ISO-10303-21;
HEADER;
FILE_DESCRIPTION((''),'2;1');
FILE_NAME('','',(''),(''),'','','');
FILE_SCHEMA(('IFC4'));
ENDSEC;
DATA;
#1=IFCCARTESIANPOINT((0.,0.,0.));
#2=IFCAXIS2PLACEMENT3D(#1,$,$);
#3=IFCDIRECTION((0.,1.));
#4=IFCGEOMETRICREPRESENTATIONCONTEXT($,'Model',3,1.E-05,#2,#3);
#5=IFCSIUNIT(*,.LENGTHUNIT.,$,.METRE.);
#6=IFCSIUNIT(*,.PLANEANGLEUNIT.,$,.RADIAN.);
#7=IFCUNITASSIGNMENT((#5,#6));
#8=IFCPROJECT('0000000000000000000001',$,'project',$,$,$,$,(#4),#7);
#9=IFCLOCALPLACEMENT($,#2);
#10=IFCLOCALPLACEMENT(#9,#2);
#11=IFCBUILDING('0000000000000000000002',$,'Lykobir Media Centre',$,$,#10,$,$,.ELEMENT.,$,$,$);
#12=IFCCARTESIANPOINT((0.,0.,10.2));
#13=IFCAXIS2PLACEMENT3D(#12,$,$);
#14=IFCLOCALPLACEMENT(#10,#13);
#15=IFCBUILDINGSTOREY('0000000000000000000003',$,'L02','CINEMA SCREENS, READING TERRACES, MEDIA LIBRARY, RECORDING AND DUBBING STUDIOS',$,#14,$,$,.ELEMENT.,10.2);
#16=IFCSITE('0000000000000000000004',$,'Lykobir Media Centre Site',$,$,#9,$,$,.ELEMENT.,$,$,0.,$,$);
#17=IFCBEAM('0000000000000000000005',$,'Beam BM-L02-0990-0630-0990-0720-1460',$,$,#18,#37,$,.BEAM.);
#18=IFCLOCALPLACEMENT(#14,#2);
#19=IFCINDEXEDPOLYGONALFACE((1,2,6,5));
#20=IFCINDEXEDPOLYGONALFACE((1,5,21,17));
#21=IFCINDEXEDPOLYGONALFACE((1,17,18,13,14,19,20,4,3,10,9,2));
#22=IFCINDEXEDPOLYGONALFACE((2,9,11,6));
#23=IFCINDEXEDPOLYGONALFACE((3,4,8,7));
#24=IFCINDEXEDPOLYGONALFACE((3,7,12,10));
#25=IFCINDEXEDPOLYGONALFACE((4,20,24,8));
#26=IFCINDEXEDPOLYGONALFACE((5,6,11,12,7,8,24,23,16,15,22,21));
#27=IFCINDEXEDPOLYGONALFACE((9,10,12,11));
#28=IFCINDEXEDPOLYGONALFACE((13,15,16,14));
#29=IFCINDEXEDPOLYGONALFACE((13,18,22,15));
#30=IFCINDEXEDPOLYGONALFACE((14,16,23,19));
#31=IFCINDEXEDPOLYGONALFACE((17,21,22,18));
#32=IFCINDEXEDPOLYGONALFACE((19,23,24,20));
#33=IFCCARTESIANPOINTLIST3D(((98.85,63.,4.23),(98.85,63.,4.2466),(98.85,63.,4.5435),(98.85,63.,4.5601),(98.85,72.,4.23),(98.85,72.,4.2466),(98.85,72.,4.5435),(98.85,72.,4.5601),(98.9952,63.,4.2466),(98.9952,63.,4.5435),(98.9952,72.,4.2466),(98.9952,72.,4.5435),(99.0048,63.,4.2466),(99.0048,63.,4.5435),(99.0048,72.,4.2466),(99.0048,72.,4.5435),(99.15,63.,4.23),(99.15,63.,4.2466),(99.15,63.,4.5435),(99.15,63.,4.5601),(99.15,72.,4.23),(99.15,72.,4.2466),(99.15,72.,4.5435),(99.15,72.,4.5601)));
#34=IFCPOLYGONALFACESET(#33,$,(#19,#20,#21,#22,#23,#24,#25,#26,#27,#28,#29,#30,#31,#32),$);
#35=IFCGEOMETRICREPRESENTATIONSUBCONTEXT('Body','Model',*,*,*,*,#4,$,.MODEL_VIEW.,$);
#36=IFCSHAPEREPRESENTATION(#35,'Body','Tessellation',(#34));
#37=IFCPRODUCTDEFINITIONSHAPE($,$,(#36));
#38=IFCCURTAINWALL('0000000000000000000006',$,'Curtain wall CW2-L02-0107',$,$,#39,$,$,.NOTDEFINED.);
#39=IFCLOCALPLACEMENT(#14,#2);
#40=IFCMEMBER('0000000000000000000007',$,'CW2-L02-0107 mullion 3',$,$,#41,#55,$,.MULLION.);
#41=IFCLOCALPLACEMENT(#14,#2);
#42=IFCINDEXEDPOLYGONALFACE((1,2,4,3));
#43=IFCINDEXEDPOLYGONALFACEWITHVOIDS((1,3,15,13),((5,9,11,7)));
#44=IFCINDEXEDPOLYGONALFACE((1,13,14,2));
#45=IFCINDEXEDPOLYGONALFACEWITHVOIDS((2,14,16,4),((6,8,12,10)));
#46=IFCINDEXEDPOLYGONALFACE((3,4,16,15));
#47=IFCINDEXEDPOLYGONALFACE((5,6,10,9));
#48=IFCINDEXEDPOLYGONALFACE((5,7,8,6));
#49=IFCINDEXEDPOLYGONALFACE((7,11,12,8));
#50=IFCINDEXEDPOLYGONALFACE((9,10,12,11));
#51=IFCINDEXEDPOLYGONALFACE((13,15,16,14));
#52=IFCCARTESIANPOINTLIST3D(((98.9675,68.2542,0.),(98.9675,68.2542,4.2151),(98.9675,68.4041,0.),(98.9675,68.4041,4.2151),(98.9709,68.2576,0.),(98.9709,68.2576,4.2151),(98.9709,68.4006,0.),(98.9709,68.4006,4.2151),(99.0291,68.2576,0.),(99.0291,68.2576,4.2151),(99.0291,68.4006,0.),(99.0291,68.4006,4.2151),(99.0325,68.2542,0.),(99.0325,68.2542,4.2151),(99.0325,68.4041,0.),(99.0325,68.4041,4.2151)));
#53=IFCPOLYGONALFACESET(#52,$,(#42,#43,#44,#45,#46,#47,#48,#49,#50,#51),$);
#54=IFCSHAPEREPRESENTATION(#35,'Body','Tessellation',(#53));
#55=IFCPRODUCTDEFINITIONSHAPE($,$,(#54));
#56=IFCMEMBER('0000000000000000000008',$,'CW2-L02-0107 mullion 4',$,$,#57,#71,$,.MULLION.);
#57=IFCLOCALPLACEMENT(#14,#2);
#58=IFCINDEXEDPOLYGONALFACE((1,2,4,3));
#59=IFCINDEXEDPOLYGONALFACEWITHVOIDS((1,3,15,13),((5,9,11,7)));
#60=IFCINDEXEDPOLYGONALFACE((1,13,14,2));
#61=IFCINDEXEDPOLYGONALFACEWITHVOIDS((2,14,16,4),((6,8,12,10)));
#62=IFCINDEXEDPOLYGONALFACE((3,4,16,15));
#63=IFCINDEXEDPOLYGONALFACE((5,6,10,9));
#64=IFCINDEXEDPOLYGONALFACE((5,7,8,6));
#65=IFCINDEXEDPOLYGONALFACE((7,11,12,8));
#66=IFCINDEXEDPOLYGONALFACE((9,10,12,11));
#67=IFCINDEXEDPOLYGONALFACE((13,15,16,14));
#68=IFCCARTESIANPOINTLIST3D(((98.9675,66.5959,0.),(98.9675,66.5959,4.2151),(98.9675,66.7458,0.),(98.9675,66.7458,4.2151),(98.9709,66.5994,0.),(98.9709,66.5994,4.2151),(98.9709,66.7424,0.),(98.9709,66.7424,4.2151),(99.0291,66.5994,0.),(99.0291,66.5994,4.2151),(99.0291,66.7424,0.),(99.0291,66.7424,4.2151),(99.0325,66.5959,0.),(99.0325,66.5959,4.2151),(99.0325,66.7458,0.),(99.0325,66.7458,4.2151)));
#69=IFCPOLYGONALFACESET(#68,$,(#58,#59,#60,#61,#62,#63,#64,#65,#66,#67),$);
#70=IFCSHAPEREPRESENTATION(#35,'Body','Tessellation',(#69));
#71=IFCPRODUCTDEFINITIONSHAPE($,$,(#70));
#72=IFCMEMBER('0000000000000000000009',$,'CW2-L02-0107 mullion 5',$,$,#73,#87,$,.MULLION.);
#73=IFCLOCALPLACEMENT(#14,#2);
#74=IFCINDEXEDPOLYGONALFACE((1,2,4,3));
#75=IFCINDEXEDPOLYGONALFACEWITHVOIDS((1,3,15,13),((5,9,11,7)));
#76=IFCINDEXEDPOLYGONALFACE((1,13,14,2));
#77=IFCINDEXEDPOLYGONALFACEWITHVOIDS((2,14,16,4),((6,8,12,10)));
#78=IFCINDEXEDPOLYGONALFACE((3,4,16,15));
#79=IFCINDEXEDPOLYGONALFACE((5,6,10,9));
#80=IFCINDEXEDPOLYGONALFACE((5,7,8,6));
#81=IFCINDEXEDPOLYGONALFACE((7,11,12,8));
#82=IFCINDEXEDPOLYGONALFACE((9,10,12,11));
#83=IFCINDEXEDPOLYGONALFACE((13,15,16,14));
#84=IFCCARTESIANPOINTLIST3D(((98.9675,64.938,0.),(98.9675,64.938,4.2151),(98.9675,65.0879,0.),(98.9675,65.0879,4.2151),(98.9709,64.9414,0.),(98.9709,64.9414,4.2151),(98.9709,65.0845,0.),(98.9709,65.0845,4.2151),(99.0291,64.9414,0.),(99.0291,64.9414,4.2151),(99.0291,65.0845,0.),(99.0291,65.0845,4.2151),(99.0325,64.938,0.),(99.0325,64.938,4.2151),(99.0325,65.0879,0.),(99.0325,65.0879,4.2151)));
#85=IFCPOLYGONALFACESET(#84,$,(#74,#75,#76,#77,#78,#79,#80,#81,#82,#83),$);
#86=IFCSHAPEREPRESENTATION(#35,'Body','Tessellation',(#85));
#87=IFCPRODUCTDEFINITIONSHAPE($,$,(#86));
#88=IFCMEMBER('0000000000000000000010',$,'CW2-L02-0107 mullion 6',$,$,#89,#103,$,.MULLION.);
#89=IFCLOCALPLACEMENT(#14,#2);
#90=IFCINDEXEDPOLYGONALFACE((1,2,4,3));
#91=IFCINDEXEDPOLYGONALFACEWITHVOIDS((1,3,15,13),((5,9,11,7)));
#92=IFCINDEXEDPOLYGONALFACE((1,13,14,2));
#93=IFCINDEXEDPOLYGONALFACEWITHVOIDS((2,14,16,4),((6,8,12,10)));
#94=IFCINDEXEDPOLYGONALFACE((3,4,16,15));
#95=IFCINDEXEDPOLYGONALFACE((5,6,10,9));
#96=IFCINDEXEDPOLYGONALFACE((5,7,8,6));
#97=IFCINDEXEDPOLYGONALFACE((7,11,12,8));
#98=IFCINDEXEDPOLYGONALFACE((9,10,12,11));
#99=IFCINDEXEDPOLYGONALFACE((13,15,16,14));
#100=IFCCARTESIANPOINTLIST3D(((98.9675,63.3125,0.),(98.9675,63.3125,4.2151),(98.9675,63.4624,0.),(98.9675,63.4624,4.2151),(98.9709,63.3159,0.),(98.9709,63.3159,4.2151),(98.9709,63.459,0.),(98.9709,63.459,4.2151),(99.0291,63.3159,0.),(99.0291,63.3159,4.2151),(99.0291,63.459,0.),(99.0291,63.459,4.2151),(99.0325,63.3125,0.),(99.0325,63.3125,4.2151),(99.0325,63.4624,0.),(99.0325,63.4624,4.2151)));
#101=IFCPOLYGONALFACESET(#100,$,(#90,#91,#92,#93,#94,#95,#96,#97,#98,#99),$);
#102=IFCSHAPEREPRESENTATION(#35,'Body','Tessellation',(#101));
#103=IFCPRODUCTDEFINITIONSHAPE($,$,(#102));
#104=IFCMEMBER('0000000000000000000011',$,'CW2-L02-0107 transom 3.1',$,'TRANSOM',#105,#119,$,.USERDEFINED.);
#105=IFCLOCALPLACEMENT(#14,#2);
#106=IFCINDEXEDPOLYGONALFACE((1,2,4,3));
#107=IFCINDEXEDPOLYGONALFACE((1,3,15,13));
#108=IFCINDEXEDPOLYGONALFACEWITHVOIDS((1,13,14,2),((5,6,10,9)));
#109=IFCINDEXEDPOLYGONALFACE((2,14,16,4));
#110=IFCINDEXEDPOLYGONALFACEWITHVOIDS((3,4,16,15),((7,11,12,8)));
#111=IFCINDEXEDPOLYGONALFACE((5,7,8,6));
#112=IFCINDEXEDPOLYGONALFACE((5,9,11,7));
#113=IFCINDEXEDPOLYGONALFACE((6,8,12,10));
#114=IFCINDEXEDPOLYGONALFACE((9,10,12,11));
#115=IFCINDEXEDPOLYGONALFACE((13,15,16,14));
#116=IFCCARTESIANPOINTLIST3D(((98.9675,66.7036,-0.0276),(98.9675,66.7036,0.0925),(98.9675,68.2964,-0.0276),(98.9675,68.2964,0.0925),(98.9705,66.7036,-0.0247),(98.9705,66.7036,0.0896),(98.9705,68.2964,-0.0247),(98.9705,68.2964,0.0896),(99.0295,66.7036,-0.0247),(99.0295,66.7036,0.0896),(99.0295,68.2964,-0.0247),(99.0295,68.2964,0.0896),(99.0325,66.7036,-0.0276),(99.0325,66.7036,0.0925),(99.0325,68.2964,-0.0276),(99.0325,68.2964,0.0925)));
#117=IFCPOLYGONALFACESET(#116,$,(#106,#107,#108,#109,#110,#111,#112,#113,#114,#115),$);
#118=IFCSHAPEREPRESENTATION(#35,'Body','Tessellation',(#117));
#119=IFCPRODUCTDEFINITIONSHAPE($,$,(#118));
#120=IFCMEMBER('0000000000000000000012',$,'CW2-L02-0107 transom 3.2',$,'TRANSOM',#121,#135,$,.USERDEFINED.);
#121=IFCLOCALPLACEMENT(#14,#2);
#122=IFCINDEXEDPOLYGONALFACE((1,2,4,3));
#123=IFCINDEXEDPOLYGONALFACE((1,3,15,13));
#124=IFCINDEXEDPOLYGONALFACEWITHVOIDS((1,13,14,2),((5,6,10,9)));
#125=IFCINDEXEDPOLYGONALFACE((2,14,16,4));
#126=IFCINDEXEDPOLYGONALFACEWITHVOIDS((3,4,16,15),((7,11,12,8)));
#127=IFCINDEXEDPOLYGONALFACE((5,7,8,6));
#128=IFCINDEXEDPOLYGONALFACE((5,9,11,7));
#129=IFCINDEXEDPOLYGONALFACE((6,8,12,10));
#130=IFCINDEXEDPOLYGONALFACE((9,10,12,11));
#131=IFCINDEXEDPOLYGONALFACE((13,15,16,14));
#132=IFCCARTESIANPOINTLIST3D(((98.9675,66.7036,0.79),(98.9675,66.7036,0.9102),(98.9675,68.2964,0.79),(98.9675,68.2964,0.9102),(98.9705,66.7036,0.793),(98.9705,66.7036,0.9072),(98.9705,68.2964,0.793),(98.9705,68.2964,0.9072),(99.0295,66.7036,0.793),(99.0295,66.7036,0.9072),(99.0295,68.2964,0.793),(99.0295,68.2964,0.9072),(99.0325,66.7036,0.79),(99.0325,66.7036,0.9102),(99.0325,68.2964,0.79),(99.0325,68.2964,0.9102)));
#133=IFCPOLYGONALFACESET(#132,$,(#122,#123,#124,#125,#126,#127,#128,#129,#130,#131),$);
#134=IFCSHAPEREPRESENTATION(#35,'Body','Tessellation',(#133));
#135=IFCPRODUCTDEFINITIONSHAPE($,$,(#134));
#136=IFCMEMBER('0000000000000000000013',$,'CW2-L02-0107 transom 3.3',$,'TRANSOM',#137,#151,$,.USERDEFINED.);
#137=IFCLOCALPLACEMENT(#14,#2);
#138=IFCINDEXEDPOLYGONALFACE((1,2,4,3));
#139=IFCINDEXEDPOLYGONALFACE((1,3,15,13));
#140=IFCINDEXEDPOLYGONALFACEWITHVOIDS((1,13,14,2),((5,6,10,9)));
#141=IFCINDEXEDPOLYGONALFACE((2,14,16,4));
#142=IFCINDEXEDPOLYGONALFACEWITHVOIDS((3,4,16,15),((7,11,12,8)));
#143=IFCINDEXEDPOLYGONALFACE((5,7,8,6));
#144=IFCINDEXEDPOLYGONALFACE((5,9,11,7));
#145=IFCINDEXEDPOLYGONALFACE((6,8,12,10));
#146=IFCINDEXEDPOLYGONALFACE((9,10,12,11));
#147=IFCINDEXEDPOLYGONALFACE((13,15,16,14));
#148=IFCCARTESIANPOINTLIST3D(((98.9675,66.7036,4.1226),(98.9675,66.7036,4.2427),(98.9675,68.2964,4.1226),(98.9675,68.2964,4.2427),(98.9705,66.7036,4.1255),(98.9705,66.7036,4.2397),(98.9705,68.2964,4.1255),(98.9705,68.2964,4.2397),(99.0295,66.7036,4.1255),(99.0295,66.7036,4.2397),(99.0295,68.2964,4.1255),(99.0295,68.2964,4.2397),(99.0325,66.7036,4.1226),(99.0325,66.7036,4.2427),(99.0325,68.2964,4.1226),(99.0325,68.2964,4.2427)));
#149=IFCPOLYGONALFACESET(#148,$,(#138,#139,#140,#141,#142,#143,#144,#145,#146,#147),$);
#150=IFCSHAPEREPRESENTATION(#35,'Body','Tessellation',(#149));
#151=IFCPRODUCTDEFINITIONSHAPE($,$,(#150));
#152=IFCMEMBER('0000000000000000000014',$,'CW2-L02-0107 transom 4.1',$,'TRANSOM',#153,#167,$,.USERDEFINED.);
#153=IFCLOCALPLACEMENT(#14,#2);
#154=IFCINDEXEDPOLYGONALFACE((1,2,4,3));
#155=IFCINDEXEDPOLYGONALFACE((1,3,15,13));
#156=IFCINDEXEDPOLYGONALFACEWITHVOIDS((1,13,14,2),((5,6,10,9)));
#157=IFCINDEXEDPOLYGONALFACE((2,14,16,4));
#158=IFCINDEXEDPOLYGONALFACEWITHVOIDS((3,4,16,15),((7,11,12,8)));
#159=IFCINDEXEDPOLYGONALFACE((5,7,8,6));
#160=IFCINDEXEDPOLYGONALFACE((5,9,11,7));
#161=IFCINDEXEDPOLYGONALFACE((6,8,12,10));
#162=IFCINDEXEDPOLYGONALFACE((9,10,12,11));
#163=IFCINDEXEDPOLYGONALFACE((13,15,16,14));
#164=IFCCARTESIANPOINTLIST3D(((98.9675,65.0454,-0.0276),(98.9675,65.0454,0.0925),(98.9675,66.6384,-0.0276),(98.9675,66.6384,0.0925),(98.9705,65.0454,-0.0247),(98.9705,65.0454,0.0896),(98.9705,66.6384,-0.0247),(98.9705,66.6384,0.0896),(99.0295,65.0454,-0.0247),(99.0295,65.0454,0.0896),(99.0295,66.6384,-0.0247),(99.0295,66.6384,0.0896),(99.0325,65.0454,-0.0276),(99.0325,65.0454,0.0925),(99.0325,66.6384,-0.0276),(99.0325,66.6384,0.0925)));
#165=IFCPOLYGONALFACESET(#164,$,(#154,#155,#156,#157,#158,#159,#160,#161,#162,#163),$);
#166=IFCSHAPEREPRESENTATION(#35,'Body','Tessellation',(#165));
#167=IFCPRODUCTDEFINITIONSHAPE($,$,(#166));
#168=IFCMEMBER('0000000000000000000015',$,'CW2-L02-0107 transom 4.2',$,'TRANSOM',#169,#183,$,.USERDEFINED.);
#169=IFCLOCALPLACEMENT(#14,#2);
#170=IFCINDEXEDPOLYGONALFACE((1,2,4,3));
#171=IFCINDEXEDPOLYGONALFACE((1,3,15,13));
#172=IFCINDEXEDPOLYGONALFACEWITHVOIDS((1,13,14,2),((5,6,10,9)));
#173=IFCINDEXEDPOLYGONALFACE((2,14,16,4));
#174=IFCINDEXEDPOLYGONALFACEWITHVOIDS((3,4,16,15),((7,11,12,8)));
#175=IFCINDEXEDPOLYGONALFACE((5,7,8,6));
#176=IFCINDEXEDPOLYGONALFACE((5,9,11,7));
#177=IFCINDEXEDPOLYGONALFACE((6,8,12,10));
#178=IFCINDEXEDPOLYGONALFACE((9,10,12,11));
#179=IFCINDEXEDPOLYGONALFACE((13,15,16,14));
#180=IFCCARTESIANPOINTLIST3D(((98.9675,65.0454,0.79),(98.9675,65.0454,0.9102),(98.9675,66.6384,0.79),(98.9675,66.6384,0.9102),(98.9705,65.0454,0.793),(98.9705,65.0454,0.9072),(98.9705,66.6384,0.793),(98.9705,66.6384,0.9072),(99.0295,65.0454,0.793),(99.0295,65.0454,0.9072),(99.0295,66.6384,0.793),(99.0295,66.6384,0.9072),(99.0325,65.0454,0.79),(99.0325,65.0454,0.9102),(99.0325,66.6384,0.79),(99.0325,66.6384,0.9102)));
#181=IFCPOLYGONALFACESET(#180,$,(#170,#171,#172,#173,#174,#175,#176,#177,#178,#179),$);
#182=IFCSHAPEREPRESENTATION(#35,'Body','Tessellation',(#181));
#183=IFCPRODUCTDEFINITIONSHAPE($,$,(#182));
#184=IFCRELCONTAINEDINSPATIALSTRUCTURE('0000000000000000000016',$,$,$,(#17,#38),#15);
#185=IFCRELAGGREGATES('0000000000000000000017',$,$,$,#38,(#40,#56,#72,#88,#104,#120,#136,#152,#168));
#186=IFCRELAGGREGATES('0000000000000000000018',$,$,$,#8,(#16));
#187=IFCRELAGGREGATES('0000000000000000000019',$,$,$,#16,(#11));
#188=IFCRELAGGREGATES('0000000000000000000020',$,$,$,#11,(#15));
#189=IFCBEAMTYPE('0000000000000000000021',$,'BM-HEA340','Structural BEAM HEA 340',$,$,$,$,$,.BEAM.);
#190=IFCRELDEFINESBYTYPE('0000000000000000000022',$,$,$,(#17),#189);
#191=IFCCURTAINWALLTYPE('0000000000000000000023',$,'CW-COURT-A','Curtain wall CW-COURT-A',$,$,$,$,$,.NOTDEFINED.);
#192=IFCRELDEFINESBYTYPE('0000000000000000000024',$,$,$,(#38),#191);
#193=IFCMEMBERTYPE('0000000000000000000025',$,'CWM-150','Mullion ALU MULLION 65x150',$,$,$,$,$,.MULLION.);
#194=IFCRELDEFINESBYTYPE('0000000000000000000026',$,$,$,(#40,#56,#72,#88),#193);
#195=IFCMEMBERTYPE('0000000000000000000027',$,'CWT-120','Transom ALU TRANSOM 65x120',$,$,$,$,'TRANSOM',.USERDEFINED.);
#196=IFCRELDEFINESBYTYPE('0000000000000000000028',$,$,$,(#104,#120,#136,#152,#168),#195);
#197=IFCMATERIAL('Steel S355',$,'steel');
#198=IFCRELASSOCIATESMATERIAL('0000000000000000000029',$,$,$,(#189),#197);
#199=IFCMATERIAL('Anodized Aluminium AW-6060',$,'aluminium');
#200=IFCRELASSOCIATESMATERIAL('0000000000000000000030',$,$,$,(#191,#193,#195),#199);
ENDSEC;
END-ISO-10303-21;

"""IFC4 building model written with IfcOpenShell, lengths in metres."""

from ifc_helpers import new_model, si_unit, direction, frame, origin, origin_2d, place, context, subcontext, project, spatial, hollow_rectangle, i_section, extrude, material, material_profile, profile_set, type_object, element, aggregate, save


model = new_model("IFC4")

# Units and contexts
model_context = context("Model", 3, precision=1e-05, world=origin(), true_north=direction((0.0, 1.0)))
body_context = subcontext(model_context, "Body", "Model", "MODEL_VIEW")
ifc_project = project(units=[si_unit("LENGTHUNIT", "METRE"), si_unit("PLANEANGLEUNIT", "RADIAN")], contexts=[model_context])

# Site, building, storey
site_placement = place(None, origin())
site = spatial("IfcSite", under=ifc_project, at=site_placement, Name="Lykobir Media Centre Site", CompositionType="ELEMENT", RefElevation=0.0)
building_placement = place(site_placement, origin())
building = spatial("IfcBuilding", under=site, at=building_placement, Name="Lykobir Media Centre", CompositionType="ELEMENT")
storey_placement = place(building_placement, frame((0.0, 0.0, 10.2)))
storey = spatial("IfcBuildingStorey", under=building, at=storey_placement, Name="L02", Description="CINEMA SCREENS, READING TERRACES, MEDIA LIBRARY, RECORDING AND DUBBING STUDIOS", CompositionType="ELEMENT", Elevation=10.2)

# Beam
ifc_material_1 = material(Name="Steel S355", Category="steel")
ifc_material_profile_1 = material_profile(ifc_material_1, i_section(OverallWidth=0.3, OverallDepth=0.3301, WebThickness=0.0095, FlangeThickness=0.0166, at=origin_2d()), Name="HEA 340")
ifc_profile_set_1 = profile_set([ifc_material_profile_1], Name="Steel S355")
beam_type = type_object("IfcBeamType", Name="BM-HEA340", Description="Structural BEAM HEA 340", PredefinedType="BEAM", material=ifc_profile_set_1)
beam_placement = place(storey_placement, frame((99.0, 63.0, 4.395), z_axis=(0.0, 1.0, 0.0), x_axis=(-1.0, 0.0, 0.0)))
element("IfcBeam", 1, at=beam_placement, inside=storey, type_object=beam_type, Name="Beam BM-L02-0990-0630-0990-0720-1460", PredefinedType="BEAM", context=body_context, shape_type="SweptSolid", body=[
    extrude(i_section(OverallWidth=0.3, OverallDepth=0.3301, WebThickness=0.0095, FlangeThickness=0.0166, at=origin_2d()), origin(), (0.0, 0.0, 1.0), 9.0),
])

# Curtain wall, members
ifc_material_2 = material(Name="Anodized Aluminium AW-6060", Category="aluminium")
curtain_wall_type = type_object("IfcCurtainWallType", Name="CW-COURT-A", Description="Curtain wall CW-COURT-A", PredefinedType="NOTDEFINED", material=ifc_material_2)
curtain_wall_placement = place(storey_placement, origin())
curtain_wall = element("IfcCurtainWall", 2, at=curtain_wall_placement, inside=storey, type_object=curtain_wall_type, Name="Curtain wall CW2-L02-0107", PredefinedType="NOTDEFINED")
ifc_material_profile_2 = material_profile(ifc_material_2, hollow_rectangle(XDim=0.0649, YDim=0.1499, WallThickness=0.0034, at=origin_2d()), Name="ALU MULLION 65x150")
ifc_profile_set_2 = profile_set([ifc_material_profile_2], Name="Anodized Aluminium AW-6060")
member_type_1 = type_object("IfcMemberType", Name="CWM-150", Description="Mullion ALU MULLION 65x150", PredefinedType="MULLION", material=ifc_profile_set_2)
member_1_placement = place(storey_placement, frame((99.0, 68.3291, 0.0), z_axis=(0.0, 0.0, 1.0), x_axis=(1.0, 0.0, 0.0)))
member_1 = element("IfcMember", 3, at=member_1_placement, type_object=member_type_1, Name="CW2-L02-0107 mullion 3", PredefinedType="MULLION", context=body_context, shape_type="SweptSolid", body=[
    extrude(hollow_rectangle(XDim=0.0649, YDim=0.1499, WallThickness=0.0034, at=origin_2d()), origin(), (0.0, 0.0, 1.0), 4.2151),
])
member_2_placement = place(storey_placement, frame((99.0, 66.6709, 0.0), z_axis=(0.0, 0.0, 1.0), x_axis=(1.0, 0.0, 0.0)))
member_2 = element("IfcMember", 4, at=member_2_placement, type_object=member_type_1, Name="CW2-L02-0107 mullion 4", PredefinedType="MULLION", context=body_context, shape_type="SweptSolid", body=[
    extrude(hollow_rectangle(XDim=0.0649, YDim=0.1499, WallThickness=0.0034, at=origin_2d()), origin(), (0.0, 0.0, 1.0), 4.2151),
])
member_3_placement = place(storey_placement, frame((99.0, 65.0129, 0.0), z_axis=(0.0, 0.0, 1.0), x_axis=(1.0, 0.0, 0.0)))
member_3 = element("IfcMember", 5, at=member_3_placement, type_object=member_type_1, Name="CW2-L02-0107 mullion 5", PredefinedType="MULLION", context=body_context, shape_type="SweptSolid", body=[
    extrude(hollow_rectangle(XDim=0.0649, YDim=0.1499, WallThickness=0.0034, at=origin_2d()), origin(), (0.0, 0.0, 1.0), 4.2151),
])
member_4_placement = place(storey_placement, frame((99.0, 63.3875, 0.0), z_axis=(0.0, 0.0, 1.0), x_axis=(1.0, 0.0, 0.0)))
member_4 = element("IfcMember", 6, at=member_4_placement, type_object=member_type_1, Name="CW2-L02-0107 mullion 6", PredefinedType="MULLION", context=body_context, shape_type="SweptSolid", body=[
    extrude(hollow_rectangle(XDim=0.0649, YDim=0.1499, WallThickness=0.0034, at=origin_2d()), origin(), (0.0, 0.0, 1.0), 4.2151),
])
ifc_material_profile_3 = material_profile(ifc_material_2, hollow_rectangle(XDim=0.0649, YDim=0.1201, WallThickness=0.0029, at=origin_2d()), Name="ALU TRANSOM 65x120")
ifc_profile_set_3 = profile_set([ifc_material_profile_3], Name="Anodized Aluminium AW-6060")
member_type_2 = type_object("IfcMemberType", Name="CWT-120", Description="Transom ALU TRANSOM 65x120", ElementType="TRANSOM", PredefinedType="USERDEFINED", material=ifc_profile_set_3)
member_5_placement = place(storey_placement, frame((99.0, 68.2964, 0.0325), z_axis=(0.0, -1.0, 0.0), x_axis=(1.0, 0.0, 0.0)))
member_5 = element("IfcMember", 7, at=member_5_placement, type_object=member_type_2, Name="CW2-L02-0107 transom 3.1", ObjectType="TRANSOM", PredefinedType="USERDEFINED", context=body_context, shape_type="SweptSolid", body=[
    extrude(hollow_rectangle(XDim=0.0649, YDim=0.1201, WallThickness=0.0029, at=origin_2d()), origin(), (0.0, 0.0, 1.0), 1.5928),
])
member_6_placement = place(storey_placement, frame((99.0, 68.2964, 0.8501), z_axis=(0.0, -1.0, 0.0), x_axis=(1.0, 0.0, 0.0)))
member_6 = element("IfcMember", 8, at=member_6_placement, type_object=member_type_2, Name="CW2-L02-0107 transom 3.2", ObjectType="TRANSOM", PredefinedType="USERDEFINED", context=body_context, shape_type="SweptSolid", body=[
    extrude(hollow_rectangle(XDim=0.0649, YDim=0.1201, WallThickness=0.0029, at=origin_2d()), origin(), (0.0, 0.0, 1.0), 1.5928),
])
member_7_placement = place(storey_placement, frame((99.0, 68.2964, 4.1826), z_axis=(0.0, -1.0, 0.0), x_axis=(1.0, 0.0, 0.0)))
member_7 = element("IfcMember", 9, at=member_7_placement, type_object=member_type_2, Name="CW2-L02-0107 transom 3.3", ObjectType="TRANSOM", PredefinedType="USERDEFINED", context=body_context, shape_type="SweptSolid", body=[
    extrude(hollow_rectangle(XDim=0.0649, YDim=0.1201, WallThickness=0.0029, at=origin_2d()), origin(), (0.0, 0.0, 1.0), 1.5928),
])
member_8_placement = place(storey_placement, frame((99.0, 66.6384, 0.0325), z_axis=(0.0, -1.0, 0.0), x_axis=(1.0, 0.0, 0.0)))
member_8 = element("IfcMember", 10, at=member_8_placement, type_object=member_type_2, Name="CW2-L02-0107 transom 4.1", ObjectType="TRANSOM", PredefinedType="USERDEFINED", context=body_context, shape_type="SweptSolid", body=[
    extrude(hollow_rectangle(XDim=0.0649, YDim=0.1201, WallThickness=0.0029, at=origin_2d()), origin(), (0.0, 0.0, 1.0), 1.593),
])
member_9_placement = place(storey_placement, frame((99.0, 66.6384, 0.8501), z_axis=(0.0, -1.0, 0.0), x_axis=(1.0, 0.0, 0.0)))
member_9 = element("IfcMember", 11, at=member_9_placement, type_object=member_type_2, Name="CW2-L02-0107 transom 4.2", ObjectType="TRANSOM", PredefinedType="USERDEFINED", context=body_context, shape_type="SweptSolid", body=[
    extrude(hollow_rectangle(XDim=0.0649, YDim=0.1201, WallThickness=0.0029, at=origin_2d()), origin(), (0.0, 0.0, 1.0), 1.593),
])
aggregate(curtain_wall, [member_1, member_2, member_3, member_4, member_5, member_6, member_7, member_8, member_9])

save(model, "model.ifc")
